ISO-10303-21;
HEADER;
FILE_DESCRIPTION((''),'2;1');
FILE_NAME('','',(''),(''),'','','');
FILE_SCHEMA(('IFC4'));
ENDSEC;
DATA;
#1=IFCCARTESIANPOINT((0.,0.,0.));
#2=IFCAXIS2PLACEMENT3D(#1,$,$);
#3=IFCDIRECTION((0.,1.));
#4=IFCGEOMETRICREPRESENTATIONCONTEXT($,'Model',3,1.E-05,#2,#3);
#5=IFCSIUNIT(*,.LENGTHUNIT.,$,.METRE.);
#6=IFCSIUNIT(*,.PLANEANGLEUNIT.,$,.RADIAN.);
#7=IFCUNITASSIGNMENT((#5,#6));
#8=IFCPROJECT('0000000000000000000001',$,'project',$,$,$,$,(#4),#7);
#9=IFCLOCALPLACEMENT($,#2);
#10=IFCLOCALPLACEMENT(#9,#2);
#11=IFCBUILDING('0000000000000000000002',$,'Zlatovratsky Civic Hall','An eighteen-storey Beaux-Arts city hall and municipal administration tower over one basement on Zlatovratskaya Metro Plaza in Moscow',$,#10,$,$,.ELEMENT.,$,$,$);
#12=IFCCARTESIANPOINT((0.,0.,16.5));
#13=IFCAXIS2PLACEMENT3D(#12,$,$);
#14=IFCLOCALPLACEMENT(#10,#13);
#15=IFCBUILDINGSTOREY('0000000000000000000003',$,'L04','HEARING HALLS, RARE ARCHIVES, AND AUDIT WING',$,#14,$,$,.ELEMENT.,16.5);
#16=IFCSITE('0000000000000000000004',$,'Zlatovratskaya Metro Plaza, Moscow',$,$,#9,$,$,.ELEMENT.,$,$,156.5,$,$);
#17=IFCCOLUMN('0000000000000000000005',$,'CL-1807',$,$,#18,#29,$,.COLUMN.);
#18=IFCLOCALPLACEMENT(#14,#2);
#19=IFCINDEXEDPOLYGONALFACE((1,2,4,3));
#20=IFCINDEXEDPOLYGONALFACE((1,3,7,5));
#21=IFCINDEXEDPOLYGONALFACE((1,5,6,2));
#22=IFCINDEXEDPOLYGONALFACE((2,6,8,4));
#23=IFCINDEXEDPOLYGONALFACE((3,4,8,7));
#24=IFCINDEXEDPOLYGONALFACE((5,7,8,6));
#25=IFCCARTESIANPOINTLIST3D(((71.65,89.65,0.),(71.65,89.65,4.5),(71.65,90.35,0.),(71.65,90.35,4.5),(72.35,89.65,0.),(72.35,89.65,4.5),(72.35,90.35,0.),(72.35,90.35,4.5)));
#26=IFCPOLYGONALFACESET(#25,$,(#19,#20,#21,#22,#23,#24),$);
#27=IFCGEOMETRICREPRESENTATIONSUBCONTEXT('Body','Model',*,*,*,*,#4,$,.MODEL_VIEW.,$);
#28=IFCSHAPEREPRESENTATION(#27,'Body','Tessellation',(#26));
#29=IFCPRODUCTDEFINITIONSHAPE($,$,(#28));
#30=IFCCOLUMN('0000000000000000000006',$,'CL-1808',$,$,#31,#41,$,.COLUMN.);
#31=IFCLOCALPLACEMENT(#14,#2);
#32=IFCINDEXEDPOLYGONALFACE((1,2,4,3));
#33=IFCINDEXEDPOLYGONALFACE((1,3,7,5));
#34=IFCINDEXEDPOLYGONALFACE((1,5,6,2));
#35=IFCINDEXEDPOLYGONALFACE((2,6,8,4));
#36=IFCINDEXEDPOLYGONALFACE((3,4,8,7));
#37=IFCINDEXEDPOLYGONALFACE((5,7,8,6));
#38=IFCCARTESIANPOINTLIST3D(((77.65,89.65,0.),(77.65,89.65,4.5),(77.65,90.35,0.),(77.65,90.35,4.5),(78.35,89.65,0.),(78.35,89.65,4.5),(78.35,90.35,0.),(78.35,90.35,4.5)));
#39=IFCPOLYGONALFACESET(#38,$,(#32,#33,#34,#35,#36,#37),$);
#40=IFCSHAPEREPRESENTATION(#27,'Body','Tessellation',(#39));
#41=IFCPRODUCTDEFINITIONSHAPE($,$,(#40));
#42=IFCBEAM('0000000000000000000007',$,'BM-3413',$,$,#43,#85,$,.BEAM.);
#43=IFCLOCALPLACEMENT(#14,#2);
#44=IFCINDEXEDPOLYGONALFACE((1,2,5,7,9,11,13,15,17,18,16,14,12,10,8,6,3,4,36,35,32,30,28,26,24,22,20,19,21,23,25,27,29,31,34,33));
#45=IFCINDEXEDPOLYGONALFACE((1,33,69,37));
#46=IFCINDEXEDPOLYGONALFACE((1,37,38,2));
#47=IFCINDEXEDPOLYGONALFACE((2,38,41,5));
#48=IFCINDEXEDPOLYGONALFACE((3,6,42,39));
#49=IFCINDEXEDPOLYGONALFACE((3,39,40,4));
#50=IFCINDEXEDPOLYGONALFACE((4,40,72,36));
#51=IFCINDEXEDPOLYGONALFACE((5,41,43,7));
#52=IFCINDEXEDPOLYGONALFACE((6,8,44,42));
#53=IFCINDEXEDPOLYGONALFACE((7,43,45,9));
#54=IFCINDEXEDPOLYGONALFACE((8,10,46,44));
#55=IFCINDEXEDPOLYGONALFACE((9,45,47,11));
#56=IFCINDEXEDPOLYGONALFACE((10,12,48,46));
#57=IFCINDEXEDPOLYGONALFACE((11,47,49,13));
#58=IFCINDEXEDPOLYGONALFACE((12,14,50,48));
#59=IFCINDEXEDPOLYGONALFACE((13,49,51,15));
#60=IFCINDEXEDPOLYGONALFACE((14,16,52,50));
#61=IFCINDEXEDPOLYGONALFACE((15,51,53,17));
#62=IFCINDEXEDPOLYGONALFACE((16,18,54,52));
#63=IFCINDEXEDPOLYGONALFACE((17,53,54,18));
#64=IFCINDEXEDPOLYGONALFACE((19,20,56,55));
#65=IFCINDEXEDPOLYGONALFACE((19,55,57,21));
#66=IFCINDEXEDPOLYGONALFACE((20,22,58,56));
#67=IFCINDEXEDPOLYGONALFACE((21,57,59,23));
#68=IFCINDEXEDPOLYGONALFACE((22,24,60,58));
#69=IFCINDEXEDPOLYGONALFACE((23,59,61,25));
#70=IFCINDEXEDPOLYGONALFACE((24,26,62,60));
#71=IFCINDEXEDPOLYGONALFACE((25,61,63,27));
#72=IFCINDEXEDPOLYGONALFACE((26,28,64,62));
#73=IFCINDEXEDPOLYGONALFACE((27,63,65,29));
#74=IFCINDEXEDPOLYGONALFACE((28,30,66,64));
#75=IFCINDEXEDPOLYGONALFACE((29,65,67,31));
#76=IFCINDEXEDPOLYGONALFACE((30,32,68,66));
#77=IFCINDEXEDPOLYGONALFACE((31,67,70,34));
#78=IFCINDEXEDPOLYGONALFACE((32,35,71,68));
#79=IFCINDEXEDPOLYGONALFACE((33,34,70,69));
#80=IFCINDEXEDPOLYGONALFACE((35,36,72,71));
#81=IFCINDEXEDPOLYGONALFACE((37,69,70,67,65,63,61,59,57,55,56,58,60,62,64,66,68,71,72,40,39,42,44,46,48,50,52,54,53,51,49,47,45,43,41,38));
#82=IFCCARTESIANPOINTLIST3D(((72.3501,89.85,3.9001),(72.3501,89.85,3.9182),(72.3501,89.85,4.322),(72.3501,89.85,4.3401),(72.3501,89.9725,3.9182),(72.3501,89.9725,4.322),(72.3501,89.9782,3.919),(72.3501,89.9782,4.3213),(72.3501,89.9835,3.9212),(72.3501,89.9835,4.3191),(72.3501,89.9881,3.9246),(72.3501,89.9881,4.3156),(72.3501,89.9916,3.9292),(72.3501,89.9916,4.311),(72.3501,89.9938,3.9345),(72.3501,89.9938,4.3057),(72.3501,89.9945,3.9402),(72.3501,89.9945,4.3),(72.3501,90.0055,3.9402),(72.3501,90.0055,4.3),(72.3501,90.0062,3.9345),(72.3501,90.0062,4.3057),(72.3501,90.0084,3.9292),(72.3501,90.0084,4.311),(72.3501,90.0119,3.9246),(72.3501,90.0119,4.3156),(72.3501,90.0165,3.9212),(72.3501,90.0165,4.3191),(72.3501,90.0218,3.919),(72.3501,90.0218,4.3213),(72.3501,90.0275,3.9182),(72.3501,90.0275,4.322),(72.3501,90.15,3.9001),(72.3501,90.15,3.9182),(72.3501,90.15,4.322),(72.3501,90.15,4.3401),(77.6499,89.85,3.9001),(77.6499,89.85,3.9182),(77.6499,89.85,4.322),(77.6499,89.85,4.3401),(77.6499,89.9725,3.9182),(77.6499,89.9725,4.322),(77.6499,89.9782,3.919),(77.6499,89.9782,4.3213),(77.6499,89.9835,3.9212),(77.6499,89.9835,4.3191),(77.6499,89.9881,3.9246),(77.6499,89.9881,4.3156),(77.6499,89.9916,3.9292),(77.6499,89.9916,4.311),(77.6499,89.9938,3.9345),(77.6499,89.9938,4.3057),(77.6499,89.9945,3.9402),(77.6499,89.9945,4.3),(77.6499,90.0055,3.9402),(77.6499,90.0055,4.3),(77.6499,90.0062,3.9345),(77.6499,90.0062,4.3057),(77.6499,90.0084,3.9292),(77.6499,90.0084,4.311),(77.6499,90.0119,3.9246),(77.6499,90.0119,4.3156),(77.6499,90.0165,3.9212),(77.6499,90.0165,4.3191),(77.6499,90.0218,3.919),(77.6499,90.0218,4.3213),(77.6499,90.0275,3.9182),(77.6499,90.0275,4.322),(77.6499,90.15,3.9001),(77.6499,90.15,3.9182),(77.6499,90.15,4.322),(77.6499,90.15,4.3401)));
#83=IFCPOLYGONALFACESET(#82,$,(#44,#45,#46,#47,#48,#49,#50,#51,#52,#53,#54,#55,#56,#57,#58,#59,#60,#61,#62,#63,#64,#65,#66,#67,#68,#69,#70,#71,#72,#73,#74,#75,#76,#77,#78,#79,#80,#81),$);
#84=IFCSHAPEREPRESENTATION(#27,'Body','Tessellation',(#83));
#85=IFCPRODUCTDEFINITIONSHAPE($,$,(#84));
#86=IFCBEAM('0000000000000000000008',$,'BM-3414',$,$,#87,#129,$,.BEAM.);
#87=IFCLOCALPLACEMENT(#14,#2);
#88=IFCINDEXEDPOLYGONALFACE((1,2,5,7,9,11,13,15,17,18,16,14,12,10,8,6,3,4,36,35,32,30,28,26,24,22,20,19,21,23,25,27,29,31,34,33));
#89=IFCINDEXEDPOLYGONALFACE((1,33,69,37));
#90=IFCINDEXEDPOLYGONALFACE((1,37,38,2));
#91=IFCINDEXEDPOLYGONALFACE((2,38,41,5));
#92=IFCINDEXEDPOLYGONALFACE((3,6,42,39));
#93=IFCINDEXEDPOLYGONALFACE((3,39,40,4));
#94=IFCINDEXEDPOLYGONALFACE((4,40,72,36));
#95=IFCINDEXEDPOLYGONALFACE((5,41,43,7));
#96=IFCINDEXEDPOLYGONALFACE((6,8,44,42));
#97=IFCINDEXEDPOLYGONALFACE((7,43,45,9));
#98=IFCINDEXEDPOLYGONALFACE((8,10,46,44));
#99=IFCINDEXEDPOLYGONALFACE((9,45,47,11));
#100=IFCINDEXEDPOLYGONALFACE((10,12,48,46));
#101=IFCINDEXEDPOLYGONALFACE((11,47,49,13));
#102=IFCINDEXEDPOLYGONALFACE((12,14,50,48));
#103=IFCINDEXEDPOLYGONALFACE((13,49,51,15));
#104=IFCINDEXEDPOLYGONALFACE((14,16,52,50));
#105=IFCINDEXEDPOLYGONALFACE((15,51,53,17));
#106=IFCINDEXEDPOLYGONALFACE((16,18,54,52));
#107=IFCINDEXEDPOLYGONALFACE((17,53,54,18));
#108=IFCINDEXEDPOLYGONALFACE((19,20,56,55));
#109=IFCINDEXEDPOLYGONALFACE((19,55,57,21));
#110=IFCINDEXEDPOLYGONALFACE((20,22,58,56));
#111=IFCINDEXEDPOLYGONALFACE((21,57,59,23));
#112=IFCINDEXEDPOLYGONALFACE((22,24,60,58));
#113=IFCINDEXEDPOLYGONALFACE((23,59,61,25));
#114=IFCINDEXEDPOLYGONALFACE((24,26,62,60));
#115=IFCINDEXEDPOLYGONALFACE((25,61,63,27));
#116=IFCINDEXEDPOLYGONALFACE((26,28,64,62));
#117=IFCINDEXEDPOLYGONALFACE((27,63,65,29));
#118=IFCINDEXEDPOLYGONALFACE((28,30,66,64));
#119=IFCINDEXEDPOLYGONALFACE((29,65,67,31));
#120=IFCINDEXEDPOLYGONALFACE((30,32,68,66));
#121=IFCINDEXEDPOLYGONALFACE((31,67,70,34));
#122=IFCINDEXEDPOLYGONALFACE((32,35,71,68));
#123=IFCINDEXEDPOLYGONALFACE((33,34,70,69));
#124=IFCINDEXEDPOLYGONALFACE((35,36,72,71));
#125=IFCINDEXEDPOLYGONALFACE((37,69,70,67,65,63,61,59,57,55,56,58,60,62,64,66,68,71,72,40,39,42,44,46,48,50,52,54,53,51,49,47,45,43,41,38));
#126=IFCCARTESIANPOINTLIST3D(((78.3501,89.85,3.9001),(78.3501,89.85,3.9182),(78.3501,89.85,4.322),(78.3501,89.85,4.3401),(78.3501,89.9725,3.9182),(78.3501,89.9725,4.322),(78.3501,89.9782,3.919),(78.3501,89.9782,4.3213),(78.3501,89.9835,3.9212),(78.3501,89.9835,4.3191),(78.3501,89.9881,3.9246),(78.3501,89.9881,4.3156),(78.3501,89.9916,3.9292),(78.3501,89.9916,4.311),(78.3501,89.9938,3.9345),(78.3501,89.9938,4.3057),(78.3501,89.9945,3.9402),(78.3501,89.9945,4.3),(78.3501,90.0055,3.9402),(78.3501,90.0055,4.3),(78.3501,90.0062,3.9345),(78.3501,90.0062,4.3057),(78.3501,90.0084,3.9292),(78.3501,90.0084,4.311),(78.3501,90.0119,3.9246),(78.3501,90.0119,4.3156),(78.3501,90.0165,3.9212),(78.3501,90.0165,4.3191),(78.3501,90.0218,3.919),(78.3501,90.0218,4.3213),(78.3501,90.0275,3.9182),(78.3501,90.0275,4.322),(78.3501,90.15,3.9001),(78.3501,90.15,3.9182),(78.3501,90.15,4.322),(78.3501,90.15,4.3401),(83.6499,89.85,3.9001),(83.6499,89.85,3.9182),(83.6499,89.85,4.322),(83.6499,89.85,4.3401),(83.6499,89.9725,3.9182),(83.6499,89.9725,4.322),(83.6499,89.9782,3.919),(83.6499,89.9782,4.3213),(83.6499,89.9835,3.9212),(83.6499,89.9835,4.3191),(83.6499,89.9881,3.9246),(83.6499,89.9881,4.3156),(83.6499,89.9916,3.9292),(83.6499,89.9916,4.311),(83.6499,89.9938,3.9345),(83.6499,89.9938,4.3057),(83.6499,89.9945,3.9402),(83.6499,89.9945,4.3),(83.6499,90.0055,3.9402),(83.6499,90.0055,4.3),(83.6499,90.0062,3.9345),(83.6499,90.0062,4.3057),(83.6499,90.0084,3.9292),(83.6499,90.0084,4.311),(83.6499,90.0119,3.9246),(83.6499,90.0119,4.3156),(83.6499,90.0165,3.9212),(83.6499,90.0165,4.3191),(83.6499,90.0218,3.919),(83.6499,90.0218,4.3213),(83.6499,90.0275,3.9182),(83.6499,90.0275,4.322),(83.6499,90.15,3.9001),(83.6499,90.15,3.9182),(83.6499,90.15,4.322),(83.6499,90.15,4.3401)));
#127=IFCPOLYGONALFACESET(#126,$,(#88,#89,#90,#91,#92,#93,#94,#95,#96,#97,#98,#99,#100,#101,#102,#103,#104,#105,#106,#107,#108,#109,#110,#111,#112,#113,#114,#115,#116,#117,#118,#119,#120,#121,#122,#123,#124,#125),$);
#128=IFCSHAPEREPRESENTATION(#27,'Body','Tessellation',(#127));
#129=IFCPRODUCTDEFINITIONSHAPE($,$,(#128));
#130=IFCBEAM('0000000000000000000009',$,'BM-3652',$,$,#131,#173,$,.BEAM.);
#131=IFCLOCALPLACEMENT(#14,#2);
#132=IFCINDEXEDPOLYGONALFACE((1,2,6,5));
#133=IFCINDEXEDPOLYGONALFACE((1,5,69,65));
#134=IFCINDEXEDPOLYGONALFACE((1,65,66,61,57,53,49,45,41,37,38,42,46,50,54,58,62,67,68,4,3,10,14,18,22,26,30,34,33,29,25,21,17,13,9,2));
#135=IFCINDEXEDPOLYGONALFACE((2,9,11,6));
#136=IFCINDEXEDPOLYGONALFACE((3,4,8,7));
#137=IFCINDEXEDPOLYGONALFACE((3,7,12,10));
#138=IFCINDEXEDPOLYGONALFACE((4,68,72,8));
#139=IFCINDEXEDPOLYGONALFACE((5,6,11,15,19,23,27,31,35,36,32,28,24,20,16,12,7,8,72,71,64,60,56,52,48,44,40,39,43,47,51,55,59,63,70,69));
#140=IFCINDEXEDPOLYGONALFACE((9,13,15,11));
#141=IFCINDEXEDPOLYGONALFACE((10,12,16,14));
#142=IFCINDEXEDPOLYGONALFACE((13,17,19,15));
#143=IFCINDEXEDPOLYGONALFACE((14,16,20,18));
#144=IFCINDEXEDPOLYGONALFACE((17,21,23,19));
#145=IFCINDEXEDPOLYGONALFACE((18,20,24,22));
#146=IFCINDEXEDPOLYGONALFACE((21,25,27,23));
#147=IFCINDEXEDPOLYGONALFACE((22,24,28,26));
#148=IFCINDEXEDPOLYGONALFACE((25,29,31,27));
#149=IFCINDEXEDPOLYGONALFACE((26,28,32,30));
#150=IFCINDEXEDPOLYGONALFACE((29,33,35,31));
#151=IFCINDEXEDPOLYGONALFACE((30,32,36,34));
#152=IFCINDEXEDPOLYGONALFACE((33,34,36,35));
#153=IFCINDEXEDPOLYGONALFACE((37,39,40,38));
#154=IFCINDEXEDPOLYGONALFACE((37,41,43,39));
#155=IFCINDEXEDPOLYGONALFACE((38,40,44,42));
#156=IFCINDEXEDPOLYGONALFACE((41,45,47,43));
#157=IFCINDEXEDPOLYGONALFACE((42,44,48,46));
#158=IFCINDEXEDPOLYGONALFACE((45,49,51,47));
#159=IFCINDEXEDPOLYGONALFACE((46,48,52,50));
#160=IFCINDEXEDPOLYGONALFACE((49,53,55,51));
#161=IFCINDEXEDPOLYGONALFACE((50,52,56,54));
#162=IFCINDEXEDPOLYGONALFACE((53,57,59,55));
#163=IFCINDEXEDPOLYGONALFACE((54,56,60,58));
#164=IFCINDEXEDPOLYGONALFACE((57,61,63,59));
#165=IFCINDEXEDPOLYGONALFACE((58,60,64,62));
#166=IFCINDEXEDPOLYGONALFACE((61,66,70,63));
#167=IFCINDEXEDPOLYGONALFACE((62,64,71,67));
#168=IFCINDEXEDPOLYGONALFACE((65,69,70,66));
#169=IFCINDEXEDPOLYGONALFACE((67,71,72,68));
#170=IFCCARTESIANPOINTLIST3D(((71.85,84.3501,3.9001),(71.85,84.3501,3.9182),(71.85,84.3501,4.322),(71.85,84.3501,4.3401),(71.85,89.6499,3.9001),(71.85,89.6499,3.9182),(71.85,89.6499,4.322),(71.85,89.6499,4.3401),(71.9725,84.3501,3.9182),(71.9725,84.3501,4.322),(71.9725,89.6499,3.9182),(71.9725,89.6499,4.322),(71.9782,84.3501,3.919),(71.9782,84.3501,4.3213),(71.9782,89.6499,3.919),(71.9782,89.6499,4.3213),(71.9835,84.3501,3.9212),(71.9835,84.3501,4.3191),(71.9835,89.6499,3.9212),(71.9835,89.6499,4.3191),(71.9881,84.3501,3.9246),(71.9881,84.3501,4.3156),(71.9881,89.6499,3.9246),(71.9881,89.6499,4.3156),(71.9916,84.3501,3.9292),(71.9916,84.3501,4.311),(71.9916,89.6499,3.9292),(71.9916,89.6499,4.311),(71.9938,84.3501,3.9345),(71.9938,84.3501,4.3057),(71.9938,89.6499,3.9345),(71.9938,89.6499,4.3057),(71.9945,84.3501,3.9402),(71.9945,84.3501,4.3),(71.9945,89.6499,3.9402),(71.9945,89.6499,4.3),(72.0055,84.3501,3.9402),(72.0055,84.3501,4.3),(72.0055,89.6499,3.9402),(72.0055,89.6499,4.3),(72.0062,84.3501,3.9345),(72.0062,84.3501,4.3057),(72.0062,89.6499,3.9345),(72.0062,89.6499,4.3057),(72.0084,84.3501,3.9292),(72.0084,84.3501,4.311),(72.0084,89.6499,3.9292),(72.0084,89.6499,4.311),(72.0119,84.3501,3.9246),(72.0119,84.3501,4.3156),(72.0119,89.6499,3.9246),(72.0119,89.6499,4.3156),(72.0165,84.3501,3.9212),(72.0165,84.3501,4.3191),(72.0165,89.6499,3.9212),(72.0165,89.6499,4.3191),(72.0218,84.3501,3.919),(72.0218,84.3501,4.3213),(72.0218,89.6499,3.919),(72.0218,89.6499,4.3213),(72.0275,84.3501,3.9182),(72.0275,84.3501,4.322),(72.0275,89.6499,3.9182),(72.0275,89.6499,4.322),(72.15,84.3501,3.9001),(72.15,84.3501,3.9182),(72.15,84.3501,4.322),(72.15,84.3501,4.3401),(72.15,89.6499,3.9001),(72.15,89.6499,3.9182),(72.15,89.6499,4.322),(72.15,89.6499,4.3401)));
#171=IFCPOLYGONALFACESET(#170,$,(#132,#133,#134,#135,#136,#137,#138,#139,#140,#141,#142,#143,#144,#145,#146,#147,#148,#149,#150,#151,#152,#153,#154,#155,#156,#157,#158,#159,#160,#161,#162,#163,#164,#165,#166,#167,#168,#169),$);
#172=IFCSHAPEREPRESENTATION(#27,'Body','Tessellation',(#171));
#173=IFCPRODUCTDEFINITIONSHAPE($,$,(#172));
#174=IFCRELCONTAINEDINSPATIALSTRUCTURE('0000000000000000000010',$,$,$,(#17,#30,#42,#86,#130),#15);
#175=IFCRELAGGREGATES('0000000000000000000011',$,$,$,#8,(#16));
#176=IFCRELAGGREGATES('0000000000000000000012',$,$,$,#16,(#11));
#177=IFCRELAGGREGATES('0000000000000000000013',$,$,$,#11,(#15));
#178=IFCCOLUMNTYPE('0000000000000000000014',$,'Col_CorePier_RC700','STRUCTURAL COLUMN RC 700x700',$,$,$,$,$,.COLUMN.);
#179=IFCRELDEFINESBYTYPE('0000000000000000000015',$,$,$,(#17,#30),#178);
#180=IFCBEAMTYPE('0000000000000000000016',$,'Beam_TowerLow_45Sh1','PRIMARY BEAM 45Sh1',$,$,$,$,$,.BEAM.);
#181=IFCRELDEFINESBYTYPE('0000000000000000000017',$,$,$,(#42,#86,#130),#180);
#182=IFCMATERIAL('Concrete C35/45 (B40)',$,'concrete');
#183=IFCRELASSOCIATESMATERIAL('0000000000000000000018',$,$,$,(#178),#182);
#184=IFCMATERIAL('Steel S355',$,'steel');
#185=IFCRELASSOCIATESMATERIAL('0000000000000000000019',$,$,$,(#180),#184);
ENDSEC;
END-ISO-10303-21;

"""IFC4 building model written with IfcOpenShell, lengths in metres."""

from ifc_helpers import new_model, si_unit, direction, frame, origin, origin_2d, place, context, subcontext, project, spatial, rectangle, i_section, extrude, material, material_profile, profile_set, type_object, element, save


model = new_model("IFC4")

# Units and contexts
model_context = context("Model", 3, precision=1e-05, world=origin(), true_north=direction((0.0, 1.0)))
body_context = subcontext(model_context, "Body", "Model", "MODEL_VIEW")
ifc_project = project(units=[si_unit("LENGTHUNIT", "METRE"), si_unit("PLANEANGLEUNIT", "RADIAN")], contexts=[model_context])

# Site, building, storey
site_placement = place(None, origin())
site = spatial("IfcSite", under=ifc_project, at=site_placement, Name="Zlatovratskaya Metro Plaza, Moscow", CompositionType="ELEMENT", RefElevation=156.5)
building_placement = place(site_placement, origin())
building = spatial("IfcBuilding", under=site, at=building_placement, Name="Zlatovratsky Civic Hall", Description="An eighteen-storey Beaux-Arts city hall and municipal administration tower over one basement on Zlatovratskaya Metro Plaza in Moscow", CompositionType="ELEMENT")
storey_placement = place(building_placement, frame((0.0, 0.0, 16.5)))
storey = spatial("IfcBuildingStorey", under=building, at=storey_placement, Name="L04", Description="HEARING HALLS, RARE ARCHIVES, AND AUDIT WING", CompositionType="ELEMENT", Elevation=16.5)

# Columns
ifc_material_1 = material(Name="Concrete C35/45 (B40)", Category="concrete")
ifc_material_profile_1 = material_profile(ifc_material_1, rectangle(XDim=0.7, YDim=0.7, at=origin_2d()), Name="RC 700x700")
ifc_profile_set_1 = profile_set([ifc_material_profile_1], Name="Concrete C35/45 (B40)")
column_type = type_object("IfcColumnType", Name="Col_CorePier_RC700", Description="STRUCTURAL COLUMN RC 700x700", PredefinedType="COLUMN", material=ifc_profile_set_1)
for number, where, z_axis, x_axis, name in (
    (1, (72.0, 90.0, 0.0), (0.0, 0.0, 1.0), (1.0, 0.0, 0.0), "CL-1807"),
    (2, (78.0, 90.0, 0.0), (0.0, 0.0, 1.0), (1.0, 0.0, 0.0), "CL-1808"),
):
    element("IfcColumn", number, at=place(storey_placement, frame(where, z_axis=z_axis, x_axis=x_axis)), inside=storey, type_object=column_type, Name=name, PredefinedType="COLUMN", context=body_context, shape_type="SweptSolid", body=[
        extrude(rectangle(XDim=0.7, YDim=0.7, at=origin_2d()), origin(), (0.0, 0.0, 1.0), 4.5),
    ])

# Beams
ifc_material_2 = material(Name="Steel S355", Category="steel")
ifc_material_profile_2 = material_profile(ifc_material_2, i_section(OverallWidth=0.3, OverallDepth=0.4399, WebThickness=0.011, FlangeThickness=0.0181, FilletRadius=0.022, at=origin_2d()), Name="45Sh1")
ifc_profile_set_2 = profile_set([ifc_material_profile_2], Name="Steel S355")
beam_type = type_object("IfcBeamType", Name="Beam_TowerLow_45Sh1", Description="PRIMARY BEAM 45Sh1", PredefinedType="BEAM", material=ifc_profile_set_2)
for number, where, z_axis, x_axis, name in (
    (3, (72.3501, 90.0, 4.1201), (1.0, 0.0, 0.0), (0.0, 1.0, 0.0), "BM-3413"),
    (4, (78.3501, 90.0, 4.1201), (1.0, 0.0, 0.0), (0.0, 1.0, 0.0), "BM-3414"),
    (5, (72.0, 84.3501, 4.1201), (0.0, 1.0, 0.0), (-1.0, 0.0, 0.0), "BM-3652"),
):
    element("IfcBeam", number, at=place(storey_placement, frame(where, z_axis=z_axis, x_axis=x_axis)), inside=storey, type_object=beam_type, Name=name, PredefinedType="BEAM", context=body_context, shape_type="SweptSolid", body=[
        extrude(i_section(OverallWidth=0.3, OverallDepth=0.4399, WebThickness=0.011, FlangeThickness=0.0181, FilletRadius=0.022, at=origin_2d()), origin(), (0.0, 0.0, 1.0), 5.2998),
    ])

save(model, "model.ifc")
